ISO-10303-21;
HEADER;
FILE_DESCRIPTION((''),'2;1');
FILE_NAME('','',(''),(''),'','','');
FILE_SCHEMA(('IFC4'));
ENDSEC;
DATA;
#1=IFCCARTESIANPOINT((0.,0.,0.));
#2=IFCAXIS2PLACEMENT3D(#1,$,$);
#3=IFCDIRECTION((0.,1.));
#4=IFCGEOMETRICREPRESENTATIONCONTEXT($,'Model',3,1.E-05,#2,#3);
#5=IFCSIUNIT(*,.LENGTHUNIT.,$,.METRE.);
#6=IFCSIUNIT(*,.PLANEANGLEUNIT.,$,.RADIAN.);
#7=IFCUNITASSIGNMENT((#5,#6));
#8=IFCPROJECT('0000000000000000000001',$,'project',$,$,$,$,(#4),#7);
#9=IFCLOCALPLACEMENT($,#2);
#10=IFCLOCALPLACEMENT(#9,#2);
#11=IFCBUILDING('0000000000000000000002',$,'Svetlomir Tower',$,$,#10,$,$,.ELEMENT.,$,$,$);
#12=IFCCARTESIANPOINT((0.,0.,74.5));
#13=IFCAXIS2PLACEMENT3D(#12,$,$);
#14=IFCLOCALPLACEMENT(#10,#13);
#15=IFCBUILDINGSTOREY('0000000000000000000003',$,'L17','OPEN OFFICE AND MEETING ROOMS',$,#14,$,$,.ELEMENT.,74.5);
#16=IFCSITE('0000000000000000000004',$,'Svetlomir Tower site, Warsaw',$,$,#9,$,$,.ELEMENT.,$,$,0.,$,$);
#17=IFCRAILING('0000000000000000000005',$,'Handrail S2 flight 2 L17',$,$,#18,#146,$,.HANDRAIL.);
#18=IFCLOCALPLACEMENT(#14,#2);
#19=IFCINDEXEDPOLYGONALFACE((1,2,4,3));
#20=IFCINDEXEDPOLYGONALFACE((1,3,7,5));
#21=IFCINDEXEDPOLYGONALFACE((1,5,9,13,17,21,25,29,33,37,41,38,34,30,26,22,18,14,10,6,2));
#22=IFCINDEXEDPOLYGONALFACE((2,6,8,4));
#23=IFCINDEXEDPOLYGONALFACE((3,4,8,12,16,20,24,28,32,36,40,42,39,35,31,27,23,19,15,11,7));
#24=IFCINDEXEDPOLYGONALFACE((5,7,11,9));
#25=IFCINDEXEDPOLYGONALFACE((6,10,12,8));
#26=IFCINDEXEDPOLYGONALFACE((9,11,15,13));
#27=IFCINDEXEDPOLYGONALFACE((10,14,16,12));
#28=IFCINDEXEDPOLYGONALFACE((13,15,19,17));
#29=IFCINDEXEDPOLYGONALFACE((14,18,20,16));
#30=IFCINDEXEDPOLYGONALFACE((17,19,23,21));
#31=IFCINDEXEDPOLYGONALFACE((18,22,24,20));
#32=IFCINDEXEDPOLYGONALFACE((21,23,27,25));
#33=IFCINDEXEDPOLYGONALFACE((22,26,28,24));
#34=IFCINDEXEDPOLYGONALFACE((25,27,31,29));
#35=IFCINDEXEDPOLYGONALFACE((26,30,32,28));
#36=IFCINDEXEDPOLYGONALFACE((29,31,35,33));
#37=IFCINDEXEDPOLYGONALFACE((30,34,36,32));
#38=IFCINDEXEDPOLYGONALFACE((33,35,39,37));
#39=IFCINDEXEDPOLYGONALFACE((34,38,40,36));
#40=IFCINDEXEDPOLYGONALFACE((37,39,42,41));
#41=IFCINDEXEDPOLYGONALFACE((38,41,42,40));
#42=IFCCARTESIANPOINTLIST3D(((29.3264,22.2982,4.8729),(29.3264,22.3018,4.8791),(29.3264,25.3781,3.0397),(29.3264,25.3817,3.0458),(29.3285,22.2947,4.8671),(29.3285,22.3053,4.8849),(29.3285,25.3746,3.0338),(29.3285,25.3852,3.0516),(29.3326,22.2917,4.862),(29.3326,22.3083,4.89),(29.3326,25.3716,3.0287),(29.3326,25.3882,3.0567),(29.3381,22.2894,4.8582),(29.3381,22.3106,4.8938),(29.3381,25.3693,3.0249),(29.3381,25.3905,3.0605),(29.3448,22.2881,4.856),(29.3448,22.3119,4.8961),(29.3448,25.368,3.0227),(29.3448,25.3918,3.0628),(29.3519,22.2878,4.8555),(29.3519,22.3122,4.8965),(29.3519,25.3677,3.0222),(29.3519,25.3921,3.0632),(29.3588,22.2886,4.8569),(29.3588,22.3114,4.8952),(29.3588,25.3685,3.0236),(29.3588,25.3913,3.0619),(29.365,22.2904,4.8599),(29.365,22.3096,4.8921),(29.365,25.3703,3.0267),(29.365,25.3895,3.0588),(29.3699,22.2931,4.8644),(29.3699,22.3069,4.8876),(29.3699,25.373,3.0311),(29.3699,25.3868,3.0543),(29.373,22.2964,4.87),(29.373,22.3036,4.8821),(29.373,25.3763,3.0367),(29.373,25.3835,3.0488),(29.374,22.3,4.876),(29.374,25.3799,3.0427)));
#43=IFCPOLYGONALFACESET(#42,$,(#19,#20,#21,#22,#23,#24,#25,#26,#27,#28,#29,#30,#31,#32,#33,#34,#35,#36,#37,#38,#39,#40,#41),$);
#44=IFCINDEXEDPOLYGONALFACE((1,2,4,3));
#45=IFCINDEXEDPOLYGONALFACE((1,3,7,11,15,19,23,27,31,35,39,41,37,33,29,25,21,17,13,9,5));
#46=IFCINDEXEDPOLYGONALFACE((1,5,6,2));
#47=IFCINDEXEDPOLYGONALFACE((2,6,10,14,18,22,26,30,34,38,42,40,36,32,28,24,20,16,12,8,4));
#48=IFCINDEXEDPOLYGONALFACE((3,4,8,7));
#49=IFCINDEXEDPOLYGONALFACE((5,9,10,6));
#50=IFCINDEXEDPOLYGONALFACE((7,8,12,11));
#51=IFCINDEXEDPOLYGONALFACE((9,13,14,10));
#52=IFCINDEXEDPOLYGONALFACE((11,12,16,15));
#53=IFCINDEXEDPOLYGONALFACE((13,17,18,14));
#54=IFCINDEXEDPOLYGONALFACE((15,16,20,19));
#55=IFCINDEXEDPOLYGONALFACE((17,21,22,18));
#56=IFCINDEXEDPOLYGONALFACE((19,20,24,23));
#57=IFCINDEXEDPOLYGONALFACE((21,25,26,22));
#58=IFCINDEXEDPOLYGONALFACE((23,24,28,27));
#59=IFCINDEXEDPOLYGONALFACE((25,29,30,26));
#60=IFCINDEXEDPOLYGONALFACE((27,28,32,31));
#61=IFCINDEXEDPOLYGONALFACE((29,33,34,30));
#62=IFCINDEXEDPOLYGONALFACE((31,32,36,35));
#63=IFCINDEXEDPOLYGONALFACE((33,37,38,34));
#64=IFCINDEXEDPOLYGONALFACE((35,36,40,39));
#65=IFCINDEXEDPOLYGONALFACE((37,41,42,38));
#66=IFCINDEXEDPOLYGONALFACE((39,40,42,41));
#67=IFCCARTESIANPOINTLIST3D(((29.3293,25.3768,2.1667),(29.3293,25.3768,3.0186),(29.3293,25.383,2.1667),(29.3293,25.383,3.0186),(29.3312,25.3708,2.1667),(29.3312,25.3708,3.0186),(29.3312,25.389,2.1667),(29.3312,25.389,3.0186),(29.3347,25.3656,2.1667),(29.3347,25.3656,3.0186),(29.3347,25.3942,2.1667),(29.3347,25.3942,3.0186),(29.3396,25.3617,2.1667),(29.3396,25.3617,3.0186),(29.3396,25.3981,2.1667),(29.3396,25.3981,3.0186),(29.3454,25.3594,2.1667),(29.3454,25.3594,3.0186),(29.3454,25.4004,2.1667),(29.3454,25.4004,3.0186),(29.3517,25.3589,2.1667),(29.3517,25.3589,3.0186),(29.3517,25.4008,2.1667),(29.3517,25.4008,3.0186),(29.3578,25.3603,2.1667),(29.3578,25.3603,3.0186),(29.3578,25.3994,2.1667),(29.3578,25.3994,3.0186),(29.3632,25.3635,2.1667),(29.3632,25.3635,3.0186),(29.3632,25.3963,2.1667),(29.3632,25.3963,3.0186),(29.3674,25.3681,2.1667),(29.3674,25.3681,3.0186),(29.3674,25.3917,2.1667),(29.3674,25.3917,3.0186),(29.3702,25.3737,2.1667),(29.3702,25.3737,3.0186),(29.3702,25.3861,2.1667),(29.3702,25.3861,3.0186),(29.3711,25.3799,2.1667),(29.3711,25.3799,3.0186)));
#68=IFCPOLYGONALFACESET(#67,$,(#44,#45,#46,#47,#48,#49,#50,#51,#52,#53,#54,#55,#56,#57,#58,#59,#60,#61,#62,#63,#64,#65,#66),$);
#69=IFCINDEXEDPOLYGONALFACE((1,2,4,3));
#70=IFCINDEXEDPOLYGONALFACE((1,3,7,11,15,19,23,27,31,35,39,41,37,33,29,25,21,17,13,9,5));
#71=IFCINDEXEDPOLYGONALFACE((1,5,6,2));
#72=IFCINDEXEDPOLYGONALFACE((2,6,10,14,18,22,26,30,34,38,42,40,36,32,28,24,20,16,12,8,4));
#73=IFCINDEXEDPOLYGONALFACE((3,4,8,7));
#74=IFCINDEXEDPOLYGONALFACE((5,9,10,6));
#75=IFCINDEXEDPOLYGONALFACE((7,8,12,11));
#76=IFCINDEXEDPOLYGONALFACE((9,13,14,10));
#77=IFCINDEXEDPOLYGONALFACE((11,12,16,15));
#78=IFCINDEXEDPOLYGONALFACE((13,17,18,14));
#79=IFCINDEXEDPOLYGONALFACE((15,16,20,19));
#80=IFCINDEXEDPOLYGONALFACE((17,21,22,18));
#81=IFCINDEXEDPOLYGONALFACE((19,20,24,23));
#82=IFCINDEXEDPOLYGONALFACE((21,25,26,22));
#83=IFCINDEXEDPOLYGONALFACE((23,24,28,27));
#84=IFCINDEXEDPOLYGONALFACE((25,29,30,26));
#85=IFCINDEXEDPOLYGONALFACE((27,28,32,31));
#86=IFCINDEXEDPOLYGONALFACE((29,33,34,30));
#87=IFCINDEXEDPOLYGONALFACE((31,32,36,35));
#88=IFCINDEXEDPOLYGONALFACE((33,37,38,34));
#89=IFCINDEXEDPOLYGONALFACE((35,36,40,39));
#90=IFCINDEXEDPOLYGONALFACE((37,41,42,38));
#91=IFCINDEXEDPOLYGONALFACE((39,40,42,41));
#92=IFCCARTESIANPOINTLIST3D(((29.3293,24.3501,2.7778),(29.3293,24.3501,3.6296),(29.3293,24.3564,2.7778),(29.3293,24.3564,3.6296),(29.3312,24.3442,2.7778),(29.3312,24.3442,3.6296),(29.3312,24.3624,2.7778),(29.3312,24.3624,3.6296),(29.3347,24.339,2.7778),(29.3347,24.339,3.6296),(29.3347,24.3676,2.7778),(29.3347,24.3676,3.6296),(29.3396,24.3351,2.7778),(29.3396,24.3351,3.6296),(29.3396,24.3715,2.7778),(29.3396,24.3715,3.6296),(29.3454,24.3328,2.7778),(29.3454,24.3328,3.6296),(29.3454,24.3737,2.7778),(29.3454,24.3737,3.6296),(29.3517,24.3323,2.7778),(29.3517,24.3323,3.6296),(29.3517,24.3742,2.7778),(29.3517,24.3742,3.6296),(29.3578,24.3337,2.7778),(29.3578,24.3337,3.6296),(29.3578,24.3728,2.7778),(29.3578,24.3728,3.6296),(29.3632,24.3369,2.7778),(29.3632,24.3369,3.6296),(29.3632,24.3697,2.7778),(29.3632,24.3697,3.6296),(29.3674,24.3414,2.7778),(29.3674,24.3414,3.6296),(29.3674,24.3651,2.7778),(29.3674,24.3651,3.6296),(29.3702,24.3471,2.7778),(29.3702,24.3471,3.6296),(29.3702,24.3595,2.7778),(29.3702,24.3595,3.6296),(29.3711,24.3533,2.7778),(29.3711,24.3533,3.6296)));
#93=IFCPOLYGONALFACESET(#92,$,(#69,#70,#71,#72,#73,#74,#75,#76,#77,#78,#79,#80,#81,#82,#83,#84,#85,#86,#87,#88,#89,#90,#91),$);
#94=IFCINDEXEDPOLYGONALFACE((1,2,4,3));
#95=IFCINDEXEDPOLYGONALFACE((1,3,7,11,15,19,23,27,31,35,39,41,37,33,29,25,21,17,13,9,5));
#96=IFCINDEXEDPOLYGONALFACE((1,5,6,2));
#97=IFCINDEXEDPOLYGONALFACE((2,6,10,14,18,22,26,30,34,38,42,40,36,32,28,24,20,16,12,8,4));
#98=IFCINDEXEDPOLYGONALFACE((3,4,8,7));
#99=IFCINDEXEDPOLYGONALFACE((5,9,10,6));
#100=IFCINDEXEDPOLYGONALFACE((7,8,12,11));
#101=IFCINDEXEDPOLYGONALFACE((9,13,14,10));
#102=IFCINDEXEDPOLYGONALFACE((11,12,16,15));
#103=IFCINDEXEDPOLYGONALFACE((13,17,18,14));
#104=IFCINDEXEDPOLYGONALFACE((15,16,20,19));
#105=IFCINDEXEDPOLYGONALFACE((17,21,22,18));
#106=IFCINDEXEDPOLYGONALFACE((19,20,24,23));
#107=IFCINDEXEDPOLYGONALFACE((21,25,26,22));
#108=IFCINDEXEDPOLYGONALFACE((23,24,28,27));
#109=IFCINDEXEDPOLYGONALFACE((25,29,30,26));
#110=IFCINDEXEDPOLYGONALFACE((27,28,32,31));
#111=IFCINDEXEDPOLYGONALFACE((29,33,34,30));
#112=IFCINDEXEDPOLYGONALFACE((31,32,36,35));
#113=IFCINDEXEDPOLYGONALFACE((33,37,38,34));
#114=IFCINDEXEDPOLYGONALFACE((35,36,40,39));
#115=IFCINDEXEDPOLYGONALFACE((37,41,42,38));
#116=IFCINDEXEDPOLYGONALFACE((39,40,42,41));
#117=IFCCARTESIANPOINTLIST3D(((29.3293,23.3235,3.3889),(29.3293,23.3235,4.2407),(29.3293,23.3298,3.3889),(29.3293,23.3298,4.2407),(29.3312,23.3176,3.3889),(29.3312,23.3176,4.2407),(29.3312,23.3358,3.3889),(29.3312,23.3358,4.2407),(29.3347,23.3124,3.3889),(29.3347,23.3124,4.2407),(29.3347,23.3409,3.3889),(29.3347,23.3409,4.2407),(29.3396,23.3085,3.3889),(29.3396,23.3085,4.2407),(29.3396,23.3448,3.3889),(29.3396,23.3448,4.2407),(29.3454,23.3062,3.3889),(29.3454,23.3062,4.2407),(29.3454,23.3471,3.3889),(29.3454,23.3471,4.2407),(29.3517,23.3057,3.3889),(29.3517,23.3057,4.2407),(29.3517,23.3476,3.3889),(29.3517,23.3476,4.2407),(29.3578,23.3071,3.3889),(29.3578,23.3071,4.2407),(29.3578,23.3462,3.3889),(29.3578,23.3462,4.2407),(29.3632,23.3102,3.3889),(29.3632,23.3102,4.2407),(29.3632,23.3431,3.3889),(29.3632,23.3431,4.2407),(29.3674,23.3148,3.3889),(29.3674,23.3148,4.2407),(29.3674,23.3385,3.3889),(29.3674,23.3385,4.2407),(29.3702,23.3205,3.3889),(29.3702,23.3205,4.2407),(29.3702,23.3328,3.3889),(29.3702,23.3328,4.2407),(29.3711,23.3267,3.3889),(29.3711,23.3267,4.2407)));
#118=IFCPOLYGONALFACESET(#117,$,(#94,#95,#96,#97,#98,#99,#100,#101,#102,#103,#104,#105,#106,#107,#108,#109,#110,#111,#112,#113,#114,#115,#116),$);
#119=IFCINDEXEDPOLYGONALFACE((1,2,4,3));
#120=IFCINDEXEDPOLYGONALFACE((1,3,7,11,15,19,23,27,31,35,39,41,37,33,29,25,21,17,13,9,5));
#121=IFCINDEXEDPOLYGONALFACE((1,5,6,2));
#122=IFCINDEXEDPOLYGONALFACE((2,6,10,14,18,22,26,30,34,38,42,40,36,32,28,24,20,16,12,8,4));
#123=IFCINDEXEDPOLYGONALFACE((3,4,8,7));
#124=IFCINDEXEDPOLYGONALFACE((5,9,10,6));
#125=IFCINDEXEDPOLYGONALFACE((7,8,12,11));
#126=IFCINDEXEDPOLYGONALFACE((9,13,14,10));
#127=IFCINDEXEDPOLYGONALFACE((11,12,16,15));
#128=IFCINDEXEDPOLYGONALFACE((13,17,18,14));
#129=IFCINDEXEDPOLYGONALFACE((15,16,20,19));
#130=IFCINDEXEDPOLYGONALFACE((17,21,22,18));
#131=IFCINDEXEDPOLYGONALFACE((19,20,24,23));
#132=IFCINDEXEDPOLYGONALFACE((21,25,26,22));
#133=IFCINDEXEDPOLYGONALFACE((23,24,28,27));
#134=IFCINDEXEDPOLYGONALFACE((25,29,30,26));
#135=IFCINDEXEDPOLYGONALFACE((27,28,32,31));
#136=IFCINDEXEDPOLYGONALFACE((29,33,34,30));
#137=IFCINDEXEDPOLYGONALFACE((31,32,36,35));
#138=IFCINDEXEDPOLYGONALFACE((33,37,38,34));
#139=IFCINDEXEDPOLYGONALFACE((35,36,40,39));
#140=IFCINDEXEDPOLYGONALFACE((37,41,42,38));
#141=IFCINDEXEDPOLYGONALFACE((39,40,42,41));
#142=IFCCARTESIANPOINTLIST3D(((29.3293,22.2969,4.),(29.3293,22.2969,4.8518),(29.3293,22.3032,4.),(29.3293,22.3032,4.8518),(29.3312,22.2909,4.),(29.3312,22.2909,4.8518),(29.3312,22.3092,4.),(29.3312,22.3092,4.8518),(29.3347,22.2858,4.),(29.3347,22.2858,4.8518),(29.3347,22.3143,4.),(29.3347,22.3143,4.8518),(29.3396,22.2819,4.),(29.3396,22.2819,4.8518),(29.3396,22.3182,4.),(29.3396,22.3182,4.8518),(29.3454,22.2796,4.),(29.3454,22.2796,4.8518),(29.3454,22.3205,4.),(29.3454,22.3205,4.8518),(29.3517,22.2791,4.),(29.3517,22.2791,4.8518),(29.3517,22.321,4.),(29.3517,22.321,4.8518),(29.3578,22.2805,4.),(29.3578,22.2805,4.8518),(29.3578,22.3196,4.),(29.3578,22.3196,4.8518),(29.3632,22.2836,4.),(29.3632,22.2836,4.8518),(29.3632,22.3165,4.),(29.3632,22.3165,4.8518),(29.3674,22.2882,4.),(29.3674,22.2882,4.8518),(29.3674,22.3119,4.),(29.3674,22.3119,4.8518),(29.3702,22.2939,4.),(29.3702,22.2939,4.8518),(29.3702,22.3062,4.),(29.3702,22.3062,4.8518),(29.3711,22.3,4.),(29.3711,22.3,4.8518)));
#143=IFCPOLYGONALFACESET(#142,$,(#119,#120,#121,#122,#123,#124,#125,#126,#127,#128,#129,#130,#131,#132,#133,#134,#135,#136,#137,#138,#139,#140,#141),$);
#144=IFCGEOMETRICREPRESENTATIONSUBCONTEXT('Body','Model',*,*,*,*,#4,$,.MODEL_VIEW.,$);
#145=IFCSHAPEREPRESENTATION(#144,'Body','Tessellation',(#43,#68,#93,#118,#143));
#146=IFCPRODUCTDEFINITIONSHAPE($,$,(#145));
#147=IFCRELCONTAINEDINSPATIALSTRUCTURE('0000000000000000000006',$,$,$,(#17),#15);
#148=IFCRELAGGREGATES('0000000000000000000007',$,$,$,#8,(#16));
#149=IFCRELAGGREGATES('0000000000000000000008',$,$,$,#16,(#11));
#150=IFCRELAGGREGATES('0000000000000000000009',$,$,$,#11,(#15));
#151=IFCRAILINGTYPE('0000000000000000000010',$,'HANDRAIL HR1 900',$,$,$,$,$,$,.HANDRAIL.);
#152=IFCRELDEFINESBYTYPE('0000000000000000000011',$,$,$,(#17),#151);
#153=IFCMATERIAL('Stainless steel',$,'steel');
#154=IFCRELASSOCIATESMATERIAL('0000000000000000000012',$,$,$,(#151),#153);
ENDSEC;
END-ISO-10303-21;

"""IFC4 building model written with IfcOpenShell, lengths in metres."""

from ifc_helpers import new_model, si_unit, direction, frame, origin, origin_2d, place, context, subcontext, project, spatial, circle, extrude, material, type_object, element, save


model = new_model("IFC4")

# Units and contexts
model_context = context("Model", 3, precision=1e-05, world=origin(), true_north=direction((0.0, 1.0)))
body_context = subcontext(model_context, "Body", "Model", "MODEL_VIEW")
ifc_project = project(units=[si_unit("LENGTHUNIT", "METRE"), si_unit("PLANEANGLEUNIT", "RADIAN")], contexts=[model_context])

# Site, building, storey
site_placement = place(None, origin())
site = spatial("IfcSite", under=ifc_project, at=site_placement, Name="Svetlomir Tower site, Warsaw", CompositionType="ELEMENT", RefElevation=0.0)
building_placement = place(site_placement, origin())
building = spatial("IfcBuilding", under=site, at=building_placement, Name="Svetlomir Tower", CompositionType="ELEMENT")
storey_placement = place(building_placement, frame((0.0, 0.0, 74.5)))
storey = spatial("IfcBuildingStorey", under=building, at=storey_placement, Name="L17", Description="OPEN OFFICE AND MEETING ROOMS", CompositionType="ELEMENT", Elevation=74.5)

# Railing
ifc_material_1 = material(Name="Stainless steel", Category="steel")
railing_type = type_object("IfcRailingType", Name="HANDRAIL HR1 900", PredefinedType="HANDRAIL", material=ifc_material_1)
railing_1_placement = place(storey_placement, frame((29.3501, 25.3799, 2.1667)))
element("IfcRailing", 1, at=railing_1_placement, inside=storey, type_object=railing_type, Name="Handrail S2 flight 2 L17", PredefinedType="HANDRAIL", context=body_context, shape_type="SweptSolid", body=[
    extrude(circle(Radius=0.0239, at=origin_2d()), frame((0.0, 0.0, 0.876), z_axis=(0.0, -0.859291, 0.511487), x_axis=(1.0, 0.0, 0.0)), (0.0, 0.0, 1.0), 3.5842),
    extrude(circle(Radius=0.021, at=origin_2d()), origin(), (0.0, 0.0, 1.0), 0.8518),
    extrude(circle(Radius=0.021, at=origin_2d()), frame((0.0, -1.0266, 0.6111)), (0.0, 0.0, 1.0), 0.8518),
    extrude(circle(Radius=0.021, at=origin_2d()), frame((0.0, -2.0532, 1.2222)), (0.0, 0.0, 1.0), 0.8518),
    extrude(circle(Radius=0.021, at=origin_2d()), frame((0.0, -3.0798, 1.8333)), (0.0, 0.0, 1.0), 0.8518),
])

save(model, "model.ifc")
